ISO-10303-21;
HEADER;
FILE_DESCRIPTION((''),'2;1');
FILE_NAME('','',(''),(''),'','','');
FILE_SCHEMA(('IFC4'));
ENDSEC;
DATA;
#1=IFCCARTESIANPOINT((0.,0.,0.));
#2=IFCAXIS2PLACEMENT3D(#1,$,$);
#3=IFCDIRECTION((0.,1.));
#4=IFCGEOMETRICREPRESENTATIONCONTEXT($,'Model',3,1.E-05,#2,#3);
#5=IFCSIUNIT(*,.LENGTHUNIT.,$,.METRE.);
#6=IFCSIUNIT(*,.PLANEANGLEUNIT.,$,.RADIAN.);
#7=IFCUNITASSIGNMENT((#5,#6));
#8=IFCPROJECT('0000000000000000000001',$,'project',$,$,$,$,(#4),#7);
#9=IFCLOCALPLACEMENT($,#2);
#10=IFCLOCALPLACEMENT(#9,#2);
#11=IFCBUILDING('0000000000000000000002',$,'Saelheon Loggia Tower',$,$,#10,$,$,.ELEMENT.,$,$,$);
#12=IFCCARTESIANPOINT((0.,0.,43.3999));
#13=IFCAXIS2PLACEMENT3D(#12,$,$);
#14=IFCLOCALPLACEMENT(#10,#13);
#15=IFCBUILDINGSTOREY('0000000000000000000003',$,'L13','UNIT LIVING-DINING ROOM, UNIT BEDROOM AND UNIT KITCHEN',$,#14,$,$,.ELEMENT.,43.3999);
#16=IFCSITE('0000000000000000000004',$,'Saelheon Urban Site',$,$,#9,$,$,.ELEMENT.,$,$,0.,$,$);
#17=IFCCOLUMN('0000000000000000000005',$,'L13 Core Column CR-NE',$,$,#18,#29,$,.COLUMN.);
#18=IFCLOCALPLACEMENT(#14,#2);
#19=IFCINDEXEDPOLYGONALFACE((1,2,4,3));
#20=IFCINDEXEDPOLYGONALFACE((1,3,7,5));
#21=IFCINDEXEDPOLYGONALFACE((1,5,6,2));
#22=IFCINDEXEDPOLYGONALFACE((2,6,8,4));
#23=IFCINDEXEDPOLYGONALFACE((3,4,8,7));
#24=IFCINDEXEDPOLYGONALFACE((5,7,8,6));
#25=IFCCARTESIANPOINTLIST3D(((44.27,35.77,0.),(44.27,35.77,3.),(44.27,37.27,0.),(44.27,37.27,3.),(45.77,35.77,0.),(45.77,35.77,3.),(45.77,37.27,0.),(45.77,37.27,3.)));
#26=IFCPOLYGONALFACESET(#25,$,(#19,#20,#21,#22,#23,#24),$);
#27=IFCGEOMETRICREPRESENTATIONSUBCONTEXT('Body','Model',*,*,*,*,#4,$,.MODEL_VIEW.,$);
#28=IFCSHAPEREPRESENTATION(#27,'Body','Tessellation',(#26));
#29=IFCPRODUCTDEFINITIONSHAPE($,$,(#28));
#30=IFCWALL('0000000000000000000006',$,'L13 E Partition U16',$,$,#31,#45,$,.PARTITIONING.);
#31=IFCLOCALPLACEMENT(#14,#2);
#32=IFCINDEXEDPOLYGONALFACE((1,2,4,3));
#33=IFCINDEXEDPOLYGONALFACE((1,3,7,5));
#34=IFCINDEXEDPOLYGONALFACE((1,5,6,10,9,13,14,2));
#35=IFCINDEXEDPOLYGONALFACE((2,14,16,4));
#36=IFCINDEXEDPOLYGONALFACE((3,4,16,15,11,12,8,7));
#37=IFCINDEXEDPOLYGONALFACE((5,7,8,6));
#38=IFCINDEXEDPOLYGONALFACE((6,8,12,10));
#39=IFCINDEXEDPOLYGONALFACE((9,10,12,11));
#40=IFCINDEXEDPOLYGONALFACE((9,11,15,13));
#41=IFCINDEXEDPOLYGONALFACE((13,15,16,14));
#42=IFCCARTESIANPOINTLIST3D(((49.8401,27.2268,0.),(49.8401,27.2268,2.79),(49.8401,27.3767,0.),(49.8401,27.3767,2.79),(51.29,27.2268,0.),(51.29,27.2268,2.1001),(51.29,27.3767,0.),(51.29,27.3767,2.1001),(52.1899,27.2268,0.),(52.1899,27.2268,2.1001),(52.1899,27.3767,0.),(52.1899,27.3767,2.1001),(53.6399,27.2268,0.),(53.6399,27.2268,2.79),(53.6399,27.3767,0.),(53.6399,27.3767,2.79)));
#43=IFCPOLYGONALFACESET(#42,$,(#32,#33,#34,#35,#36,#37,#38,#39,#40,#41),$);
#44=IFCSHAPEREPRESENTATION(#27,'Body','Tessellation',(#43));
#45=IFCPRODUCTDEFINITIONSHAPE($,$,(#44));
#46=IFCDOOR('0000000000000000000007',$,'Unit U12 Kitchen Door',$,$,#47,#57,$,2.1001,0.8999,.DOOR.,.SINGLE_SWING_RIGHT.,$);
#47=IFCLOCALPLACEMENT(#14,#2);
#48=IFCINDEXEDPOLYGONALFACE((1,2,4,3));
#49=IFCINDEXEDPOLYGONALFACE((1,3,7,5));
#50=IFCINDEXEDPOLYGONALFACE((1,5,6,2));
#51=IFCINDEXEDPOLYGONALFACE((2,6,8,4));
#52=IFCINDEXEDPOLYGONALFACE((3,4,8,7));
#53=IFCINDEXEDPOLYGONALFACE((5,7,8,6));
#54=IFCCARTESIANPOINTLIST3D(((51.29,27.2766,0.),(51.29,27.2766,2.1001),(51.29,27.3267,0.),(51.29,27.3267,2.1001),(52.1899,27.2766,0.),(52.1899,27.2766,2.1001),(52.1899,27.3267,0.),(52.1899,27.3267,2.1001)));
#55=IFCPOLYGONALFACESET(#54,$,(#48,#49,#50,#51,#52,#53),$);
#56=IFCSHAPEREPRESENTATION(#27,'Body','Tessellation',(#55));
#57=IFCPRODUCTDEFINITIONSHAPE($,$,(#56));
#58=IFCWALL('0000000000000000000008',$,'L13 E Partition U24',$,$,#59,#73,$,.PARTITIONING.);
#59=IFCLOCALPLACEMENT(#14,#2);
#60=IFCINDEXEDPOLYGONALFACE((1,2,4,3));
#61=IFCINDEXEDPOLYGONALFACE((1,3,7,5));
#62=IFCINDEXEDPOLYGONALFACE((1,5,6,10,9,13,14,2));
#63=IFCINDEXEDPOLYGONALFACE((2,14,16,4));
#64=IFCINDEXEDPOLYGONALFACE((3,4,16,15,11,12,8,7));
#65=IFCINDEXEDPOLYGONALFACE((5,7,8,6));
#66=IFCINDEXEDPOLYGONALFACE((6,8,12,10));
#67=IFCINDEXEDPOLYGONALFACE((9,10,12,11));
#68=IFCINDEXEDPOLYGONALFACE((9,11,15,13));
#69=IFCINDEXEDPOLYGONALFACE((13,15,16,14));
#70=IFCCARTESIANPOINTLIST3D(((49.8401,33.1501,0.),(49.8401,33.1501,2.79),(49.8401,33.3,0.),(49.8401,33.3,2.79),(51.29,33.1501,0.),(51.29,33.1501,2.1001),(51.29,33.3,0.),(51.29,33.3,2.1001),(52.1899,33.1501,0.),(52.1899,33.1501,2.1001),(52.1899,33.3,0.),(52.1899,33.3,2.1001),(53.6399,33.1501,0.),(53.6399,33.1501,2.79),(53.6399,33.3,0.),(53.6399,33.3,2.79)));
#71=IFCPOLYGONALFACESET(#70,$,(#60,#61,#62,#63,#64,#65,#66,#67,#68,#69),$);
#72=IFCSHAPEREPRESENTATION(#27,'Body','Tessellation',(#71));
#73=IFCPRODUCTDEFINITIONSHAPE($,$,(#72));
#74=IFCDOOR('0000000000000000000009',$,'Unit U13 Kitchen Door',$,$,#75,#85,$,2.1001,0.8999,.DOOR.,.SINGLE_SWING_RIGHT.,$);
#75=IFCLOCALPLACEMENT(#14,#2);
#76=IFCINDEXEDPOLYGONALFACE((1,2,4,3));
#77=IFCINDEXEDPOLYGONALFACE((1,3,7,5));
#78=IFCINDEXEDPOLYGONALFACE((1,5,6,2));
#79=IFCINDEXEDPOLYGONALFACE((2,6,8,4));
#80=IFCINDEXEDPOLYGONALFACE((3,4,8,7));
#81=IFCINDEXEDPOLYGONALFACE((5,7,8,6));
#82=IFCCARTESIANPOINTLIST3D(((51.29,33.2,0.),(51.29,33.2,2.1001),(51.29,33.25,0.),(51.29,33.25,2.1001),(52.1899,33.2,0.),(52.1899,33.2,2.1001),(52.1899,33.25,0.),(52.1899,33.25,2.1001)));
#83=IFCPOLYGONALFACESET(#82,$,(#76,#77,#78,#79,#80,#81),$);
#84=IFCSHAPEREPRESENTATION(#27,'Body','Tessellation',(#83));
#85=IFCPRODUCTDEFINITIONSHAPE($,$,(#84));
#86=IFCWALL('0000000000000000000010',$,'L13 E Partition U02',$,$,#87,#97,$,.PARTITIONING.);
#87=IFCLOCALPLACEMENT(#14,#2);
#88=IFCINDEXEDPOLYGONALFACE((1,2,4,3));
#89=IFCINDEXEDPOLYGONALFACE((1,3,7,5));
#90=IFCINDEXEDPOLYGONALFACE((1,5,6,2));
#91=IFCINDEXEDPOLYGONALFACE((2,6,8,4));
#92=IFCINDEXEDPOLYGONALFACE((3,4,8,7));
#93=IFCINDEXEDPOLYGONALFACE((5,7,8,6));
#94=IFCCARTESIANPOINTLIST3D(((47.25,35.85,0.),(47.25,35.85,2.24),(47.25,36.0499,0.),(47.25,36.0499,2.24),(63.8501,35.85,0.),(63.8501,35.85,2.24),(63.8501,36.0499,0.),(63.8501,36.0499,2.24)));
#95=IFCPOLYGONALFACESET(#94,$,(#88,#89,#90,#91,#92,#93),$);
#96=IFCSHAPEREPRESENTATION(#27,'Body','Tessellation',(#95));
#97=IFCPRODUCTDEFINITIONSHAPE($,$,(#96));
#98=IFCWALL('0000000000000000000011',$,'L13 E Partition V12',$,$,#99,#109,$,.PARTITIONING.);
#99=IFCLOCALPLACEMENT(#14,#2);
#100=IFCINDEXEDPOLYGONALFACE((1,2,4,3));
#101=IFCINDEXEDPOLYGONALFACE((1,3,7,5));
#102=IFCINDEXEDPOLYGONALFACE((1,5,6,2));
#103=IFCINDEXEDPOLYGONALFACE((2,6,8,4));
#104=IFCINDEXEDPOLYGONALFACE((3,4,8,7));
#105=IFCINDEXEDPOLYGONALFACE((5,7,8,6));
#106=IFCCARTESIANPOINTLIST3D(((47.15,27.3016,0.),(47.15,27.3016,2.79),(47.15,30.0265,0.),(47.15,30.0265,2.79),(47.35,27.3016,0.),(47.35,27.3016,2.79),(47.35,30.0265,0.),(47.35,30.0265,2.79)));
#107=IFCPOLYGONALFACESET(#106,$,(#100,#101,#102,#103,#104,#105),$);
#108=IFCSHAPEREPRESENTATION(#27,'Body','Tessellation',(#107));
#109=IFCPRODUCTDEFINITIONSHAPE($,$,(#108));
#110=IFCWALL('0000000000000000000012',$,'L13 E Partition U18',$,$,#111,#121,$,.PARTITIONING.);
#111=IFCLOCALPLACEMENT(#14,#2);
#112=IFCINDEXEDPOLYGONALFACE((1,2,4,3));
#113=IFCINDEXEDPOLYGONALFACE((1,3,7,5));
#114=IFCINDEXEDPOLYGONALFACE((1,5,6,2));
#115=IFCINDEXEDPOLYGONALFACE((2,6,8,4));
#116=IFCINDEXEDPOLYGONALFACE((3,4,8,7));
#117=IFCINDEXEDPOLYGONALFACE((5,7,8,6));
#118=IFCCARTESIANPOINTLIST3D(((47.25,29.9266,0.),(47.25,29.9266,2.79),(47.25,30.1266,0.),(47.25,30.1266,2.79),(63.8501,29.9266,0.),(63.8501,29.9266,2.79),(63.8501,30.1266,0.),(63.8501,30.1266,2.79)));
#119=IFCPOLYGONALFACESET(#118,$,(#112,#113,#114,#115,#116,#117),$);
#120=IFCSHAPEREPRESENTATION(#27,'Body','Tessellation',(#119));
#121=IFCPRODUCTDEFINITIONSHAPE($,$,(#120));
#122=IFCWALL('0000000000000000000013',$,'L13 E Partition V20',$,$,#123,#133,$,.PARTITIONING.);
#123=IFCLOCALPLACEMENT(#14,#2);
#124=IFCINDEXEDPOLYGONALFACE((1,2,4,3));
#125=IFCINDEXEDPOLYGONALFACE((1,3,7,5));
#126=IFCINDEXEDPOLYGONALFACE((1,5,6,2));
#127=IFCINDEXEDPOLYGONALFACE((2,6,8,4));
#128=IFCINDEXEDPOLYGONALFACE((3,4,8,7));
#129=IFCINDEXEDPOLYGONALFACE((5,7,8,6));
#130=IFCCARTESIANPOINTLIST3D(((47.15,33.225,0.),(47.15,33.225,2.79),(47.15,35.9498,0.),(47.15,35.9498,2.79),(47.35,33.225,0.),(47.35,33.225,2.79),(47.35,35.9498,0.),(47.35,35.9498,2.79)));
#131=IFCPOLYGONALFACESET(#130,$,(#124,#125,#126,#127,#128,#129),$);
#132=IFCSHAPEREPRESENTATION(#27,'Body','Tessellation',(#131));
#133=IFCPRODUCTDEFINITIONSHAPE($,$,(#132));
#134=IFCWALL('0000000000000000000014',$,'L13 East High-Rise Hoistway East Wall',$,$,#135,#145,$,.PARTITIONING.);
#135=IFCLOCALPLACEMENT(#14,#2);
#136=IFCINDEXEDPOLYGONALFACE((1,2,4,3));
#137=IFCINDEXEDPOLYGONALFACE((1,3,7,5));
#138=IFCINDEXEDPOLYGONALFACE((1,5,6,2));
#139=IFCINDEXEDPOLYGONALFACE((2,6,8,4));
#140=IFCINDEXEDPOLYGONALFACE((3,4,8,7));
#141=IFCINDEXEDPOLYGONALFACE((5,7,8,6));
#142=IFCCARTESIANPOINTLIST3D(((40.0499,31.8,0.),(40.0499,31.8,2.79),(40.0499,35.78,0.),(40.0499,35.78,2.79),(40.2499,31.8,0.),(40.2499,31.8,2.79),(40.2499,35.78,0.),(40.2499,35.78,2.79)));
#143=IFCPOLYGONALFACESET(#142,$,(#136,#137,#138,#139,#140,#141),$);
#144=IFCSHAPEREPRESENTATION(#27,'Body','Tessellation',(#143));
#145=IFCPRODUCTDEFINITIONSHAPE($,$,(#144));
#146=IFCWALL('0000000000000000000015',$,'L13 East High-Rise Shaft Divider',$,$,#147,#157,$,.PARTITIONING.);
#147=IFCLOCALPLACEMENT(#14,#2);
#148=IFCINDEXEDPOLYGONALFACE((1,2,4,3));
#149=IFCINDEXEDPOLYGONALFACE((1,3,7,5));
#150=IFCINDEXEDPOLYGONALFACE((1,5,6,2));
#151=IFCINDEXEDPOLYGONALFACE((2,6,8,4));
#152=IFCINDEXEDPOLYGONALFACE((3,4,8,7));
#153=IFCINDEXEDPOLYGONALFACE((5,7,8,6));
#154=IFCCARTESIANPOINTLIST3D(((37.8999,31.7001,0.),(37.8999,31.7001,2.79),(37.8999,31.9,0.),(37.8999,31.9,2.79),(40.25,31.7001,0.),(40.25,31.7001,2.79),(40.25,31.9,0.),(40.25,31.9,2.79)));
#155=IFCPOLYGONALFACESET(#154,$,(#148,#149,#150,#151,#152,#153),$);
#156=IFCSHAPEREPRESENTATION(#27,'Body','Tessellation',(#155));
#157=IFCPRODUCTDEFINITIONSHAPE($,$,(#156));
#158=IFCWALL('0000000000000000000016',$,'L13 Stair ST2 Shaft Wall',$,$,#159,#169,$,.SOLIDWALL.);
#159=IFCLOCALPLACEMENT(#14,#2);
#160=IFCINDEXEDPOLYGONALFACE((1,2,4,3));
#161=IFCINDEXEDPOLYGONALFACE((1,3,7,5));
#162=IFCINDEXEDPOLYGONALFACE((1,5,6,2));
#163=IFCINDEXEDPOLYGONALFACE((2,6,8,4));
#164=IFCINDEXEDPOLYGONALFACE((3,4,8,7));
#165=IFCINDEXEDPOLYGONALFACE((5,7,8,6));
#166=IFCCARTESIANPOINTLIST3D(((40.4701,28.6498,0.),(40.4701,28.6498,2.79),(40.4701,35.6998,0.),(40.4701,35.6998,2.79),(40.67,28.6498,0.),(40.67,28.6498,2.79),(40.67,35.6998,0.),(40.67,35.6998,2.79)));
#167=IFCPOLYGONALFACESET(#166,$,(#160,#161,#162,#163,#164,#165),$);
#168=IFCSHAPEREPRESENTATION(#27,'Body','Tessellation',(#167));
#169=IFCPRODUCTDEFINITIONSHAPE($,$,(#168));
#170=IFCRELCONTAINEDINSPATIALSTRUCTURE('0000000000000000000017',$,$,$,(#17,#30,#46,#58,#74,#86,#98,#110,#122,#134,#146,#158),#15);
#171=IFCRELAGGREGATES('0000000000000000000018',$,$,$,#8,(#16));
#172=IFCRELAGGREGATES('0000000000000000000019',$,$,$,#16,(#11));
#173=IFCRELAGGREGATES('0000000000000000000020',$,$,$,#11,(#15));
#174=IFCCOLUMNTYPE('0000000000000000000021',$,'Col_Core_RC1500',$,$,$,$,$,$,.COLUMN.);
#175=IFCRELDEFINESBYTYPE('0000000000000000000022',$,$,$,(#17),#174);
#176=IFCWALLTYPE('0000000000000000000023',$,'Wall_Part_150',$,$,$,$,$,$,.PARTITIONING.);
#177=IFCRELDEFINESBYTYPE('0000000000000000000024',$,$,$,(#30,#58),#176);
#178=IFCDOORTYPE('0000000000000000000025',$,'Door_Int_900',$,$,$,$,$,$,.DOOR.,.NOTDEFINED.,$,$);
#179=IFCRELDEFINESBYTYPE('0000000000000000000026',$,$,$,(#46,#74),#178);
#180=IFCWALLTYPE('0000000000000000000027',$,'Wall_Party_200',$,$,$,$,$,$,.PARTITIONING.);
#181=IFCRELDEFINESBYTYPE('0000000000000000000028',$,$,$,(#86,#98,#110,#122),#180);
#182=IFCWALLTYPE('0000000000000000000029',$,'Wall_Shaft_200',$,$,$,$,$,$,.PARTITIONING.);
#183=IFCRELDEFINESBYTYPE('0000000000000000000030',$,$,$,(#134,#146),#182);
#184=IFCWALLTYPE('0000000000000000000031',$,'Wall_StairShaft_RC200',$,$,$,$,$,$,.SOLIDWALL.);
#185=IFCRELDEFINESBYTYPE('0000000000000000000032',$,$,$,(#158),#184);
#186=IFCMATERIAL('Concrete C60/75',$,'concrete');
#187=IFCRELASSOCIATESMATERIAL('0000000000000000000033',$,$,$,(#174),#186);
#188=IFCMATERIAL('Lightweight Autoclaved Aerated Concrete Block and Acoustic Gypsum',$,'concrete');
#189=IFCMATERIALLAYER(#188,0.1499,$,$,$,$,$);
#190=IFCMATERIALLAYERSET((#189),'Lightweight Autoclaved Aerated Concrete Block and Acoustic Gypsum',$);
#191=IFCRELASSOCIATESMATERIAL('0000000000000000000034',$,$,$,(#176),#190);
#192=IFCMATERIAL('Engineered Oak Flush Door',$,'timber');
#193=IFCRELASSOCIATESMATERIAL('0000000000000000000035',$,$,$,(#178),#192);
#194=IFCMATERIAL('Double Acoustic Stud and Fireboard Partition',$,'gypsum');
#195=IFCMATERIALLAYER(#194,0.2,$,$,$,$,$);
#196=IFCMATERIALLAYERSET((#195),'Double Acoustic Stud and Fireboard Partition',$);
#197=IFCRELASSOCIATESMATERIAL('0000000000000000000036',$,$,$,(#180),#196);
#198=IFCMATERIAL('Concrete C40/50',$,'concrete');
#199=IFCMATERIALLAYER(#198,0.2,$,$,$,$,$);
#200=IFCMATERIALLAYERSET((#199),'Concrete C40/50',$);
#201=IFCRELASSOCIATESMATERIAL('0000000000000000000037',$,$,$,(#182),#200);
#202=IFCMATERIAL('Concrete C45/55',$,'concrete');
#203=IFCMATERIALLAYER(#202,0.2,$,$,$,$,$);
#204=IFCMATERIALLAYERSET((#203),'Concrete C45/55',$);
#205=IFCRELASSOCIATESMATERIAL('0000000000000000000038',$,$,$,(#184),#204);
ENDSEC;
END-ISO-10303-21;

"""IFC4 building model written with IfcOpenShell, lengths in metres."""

from ifc_helpers import new_model, si_unit, direction, frame, frame_2d, origin, origin_2d, place, context, subcontext, project, spatial, rectangle, extrude, source, transform, mapped, material, layer, layer_set, material_profile, profile_set, type_object, element, fill, save


model = new_model("IFC4")

# Units and contexts
model_context = context("Model", 3, precision=1e-05, world=origin(), true_north=direction((0.0, 1.0)))
body_context = subcontext(model_context, "Body", "Model", "MODEL_VIEW")
ifc_project = project(units=[si_unit("LENGTHUNIT", "METRE"), si_unit("PLANEANGLEUNIT", "RADIAN")], contexts=[model_context])

# Site, building, storey
site_placement = place(None, origin())
site = spatial("IfcSite", under=ifc_project, at=site_placement, Name="Saelheon Urban Site", CompositionType="ELEMENT", RefElevation=0.0)
building_placement = place(site_placement, origin())
building = spatial("IfcBuilding", under=site, at=building_placement, Name="Saelheon Loggia Tower", CompositionType="ELEMENT")
storey_placement = place(building_placement, frame((0.0, 0.0, 43.3999)))
storey = spatial("IfcBuildingStorey", under=building, at=storey_placement, Name="L13", Description="UNIT LIVING-DINING ROOM, UNIT BEDROOM AND UNIT KITCHEN", CompositionType="ELEMENT", Elevation=43.3999)

# Column
ifc_material_1 = material(Name="Concrete C60/75", Category="concrete")
ifc_material_profile = material_profile(ifc_material_1, rectangle(XDim=1.5, YDim=1.5, at=origin_2d()), Name="RC-1500x1500")
ifc_profile_set = profile_set([ifc_material_profile], Name="Concrete C60/75")
column_type = type_object("IfcColumnType", Name="Col_Core_RC1500", PredefinedType="COLUMN", material=ifc_profile_set)
shared_shape_1 = source(origin(), body_context, "Body", "SweptSolid", [
    extrude(rectangle(XDim=1.5, YDim=1.5, at=origin_2d()), origin(), (0.0, 0.0, 1.0), 3.0),
])
column_placement = place(storey_placement, frame((45.02, 36.52, 0.0), z_axis=(0.0, 0.0, 1.0), x_axis=(1.0, 0.0, 0.0)))
element("IfcColumn", 1, at=column_placement, inside=storey, type_object=column_type, Name="L13 Core Column CR-NE", PredefinedType="COLUMN", context=body_context, shape_type="MappedRepresentation", body=[
    mapped(shared_shape_1, transform((0.0, 0.0, 0.0), scale=1.0)),
])

# Walls, openings, doors
ifc_material_2 = material(Name="Lightweight Autoclaved Aerated Concrete Block and Acoustic Gypsum", Category="concrete")
ifc_layer_1 = layer(ifc_material_2, 0.1499)
ifc_layer_set_1 = layer_set([ifc_layer_1], Name="Lightweight Autoclaved Aerated Concrete Block and Acoustic Gypsum")
wall_type_1 = type_object("IfcWallType", Name="Wall_Part_150", PredefinedType="PARTITIONING", material=ifc_layer_set_1)
wall_1_placement = place(storey_placement, frame((49.8401, 27.3018, 0.0), z_axis=(0.0, 0.0, 1.0), x_axis=(1.0, 0.0, 0.0)))
wall_1 = element("IfcWall", 2, at=wall_1_placement, inside=storey, type_object=wall_type_1, Name="L13 E Partition U16", PredefinedType="PARTITIONING", context=body_context, shape_type="SweptSolid", body=[
    extrude(rectangle(XDim=3.7998, YDim=0.1499, at=frame_2d((1.8999, 0.0))), origin(), (0.0, 0.0, 1.0), 2.79),
])
opening_1_placement = place(wall_1_placement, frame((1.45, 0.0, 0.0)))
opening_1 = element("IfcOpeningElement", 3, at=opening_1_placement, cuts=wall_1, PredefinedType="OPENING", context=body_context, shape_type="SweptSolid", body=[
    extrude(rectangle(XDim=0.8999, YDim=2.1001, at=frame_2d((0.45, 1.05))), frame((0.0, 0.0869, 0.0), z_axis=(0.0, -1.0, 0.0), x_axis=(1.0, 0.0, 0.0)), (0.0, 0.0, 1.0), 0.1738),
])
ifc_material_3 = material(Name="Engineered Oak Flush Door", Category="timber")
door_type_1 = type_object("IfcDoorType", Name="Door_Int_900", OperationType="NOTDEFINED", PredefinedType="DOOR", material=ifc_material_3)
shared_shape_2 = source(origin(), body_context, "Body", "SweptSolid", [
    extrude(rectangle(XDim=0.8999, YDim=2.1001, at=frame_2d((0.45, 1.05))), frame((0.0, 0.0249, 0.0), z_axis=(0.0, -1.0, 0.0), x_axis=(1.0, 0.0, 0.0)), (0.0, 0.0, 1.0), 0.05),
])
door_1_placement = place(opening_1_placement, origin())
door_1 = element("IfcDoor", 4, at=door_1_placement, inside=storey, type_object=door_type_1, Name="Unit U12 Kitchen Door", OperationType="SINGLE_SWING_RIGHT", OverallHeight=2.1001, OverallWidth=0.8999, PredefinedType="DOOR", context=body_context, shape_type="MappedRepresentation", body=[
    mapped(shared_shape_2, transform((0.0, 0.0, 0.0), scale=1.0)),
])
fill(opening_1, door_1)
wall_2_placement = place(storey_placement, frame((49.8401, 33.2251, 0.0), z_axis=(0.0, 0.0, 1.0), x_axis=(1.0, 0.0, 0.0)))
wall_2 = element("IfcWall", 5, at=wall_2_placement, inside=storey, type_object=wall_type_1, Name="L13 E Partition U24", PredefinedType="PARTITIONING", context=body_context, shape_type="SweptSolid", body=[
    extrude(rectangle(XDim=3.7998, YDim=0.1499, at=frame_2d((1.8999, 0.0))), origin(), (0.0, 0.0, 1.0), 2.79),
])
opening_2_placement = place(wall_2_placement, frame((1.45, 0.0, 0.0)))
opening_2 = element("IfcOpeningElement", 6, at=opening_2_placement, cuts=wall_2, PredefinedType="OPENING", context=body_context, shape_type="SweptSolid", body=[
    extrude(rectangle(XDim=0.8999, YDim=2.1001, at=frame_2d((0.45, 1.05))), frame((0.0, 0.0869, 0.0), z_axis=(0.0, -1.0, 0.0), x_axis=(1.0, 0.0, 0.0)), (0.0, 0.0, 1.0), 0.1738),
])
door_2_placement = place(opening_2_placement, origin())
door_2 = element("IfcDoor", 7, at=door_2_placement, inside=storey, type_object=door_type_1, Name="Unit U13 Kitchen Door", OperationType="SINGLE_SWING_RIGHT", OverallHeight=2.1001, OverallWidth=0.8999, PredefinedType="DOOR", context=body_context, shape_type="MappedRepresentation", body=[
    mapped(shared_shape_2, transform((0.0, 0.0, 0.0), scale=1.0)),
])
fill(opening_2, door_2)

# Walls
ifc_material_4 = material(Name="Double Acoustic Stud and Fireboard Partition", Category="gypsum")
ifc_layer_2 = layer(ifc_material_4, 0.2)
ifc_layer_set_2 = layer_set([ifc_layer_2], Name="Double Acoustic Stud and Fireboard Partition")
wall_type_2 = type_object("IfcWallType", Name="Wall_Party_200", PredefinedType="PARTITIONING", material=ifc_layer_set_2)
wall_3_placement = place(storey_placement, frame((47.25, 35.95, 0.0), z_axis=(0.0, 0.0, 1.0), x_axis=(1.0, 0.0, 0.0)))
element("IfcWall", 8, at=wall_3_placement, inside=storey, type_object=wall_type_2, Name="L13 E Partition U02", PredefinedType="PARTITIONING", context=body_context, shape_type="SweptSolid", body=[
    extrude(rectangle(XDim=16.6001, YDim=0.2, at=frame_2d((8.3, 0.0))), origin(), (0.0, 0.0, 1.0), 2.24),
])
wall_4_placement = place(storey_placement, frame((47.25, 27.3018, 0.0), z_axis=(0.0, 0.0, 1.0), x_axis=(0.0, 1.0, 0.0)))
element("IfcWall", 9, at=wall_4_placement, inside=storey, type_object=wall_type_2, Name="L13 E Partition V12", PredefinedType="PARTITIONING", context=body_context, shape_type="SweptSolid", body=[
    extrude(rectangle(XDim=2.7249, YDim=0.2, at=frame_2d((1.3623, 0.0))), origin(), (0.0, 0.0, 1.0), 2.79),
])
wall_5_placement = place(storey_placement, frame((47.25, 30.0266, 0.0), z_axis=(0.0, 0.0, 1.0), x_axis=(1.0, 0.0, 0.0)))
element("IfcWall", 10, at=wall_5_placement, inside=storey, type_object=wall_type_2, Name="L13 E Partition U18", PredefinedType="PARTITIONING", context=body_context, shape_type="SweptSolid", body=[
    extrude(rectangle(XDim=16.6001, YDim=0.2, at=frame_2d((8.3, 0.0))), origin(), (0.0, 0.0, 1.0), 2.79),
])

# Walls
wall_6_placement = place(storey_placement, frame((47.25, 33.2251, 0.0), z_axis=(0.0, 0.0, 1.0), x_axis=(0.0, 1.0, 0.0)))
element("IfcWall", 11, at=wall_6_placement, inside=storey, type_object=wall_type_2, Name="L13 E Partition V20", PredefinedType="PARTITIONING", context=body_context, shape_type="SweptSolid", body=[
    extrude(rectangle(XDim=2.7249, YDim=0.2, at=frame_2d((1.3623, 0.0))), origin(), (0.0, 0.0, 1.0), 2.79),
])
ifc_material_5 = material(Name="Concrete C40/50", Category="concrete")
ifc_layer_3 = layer(ifc_material_5, 0.2)
ifc_layer_set_3 = layer_set([ifc_layer_3], Name="Concrete C40/50")
wall_type_3 = type_object("IfcWallType", Name="Wall_Shaft_200", PredefinedType="PARTITIONING", material=ifc_layer_set_3)
wall_7_placement = place(storey_placement, frame((40.1499, 31.8, 0.0), z_axis=(0.0, 0.0, 1.0), x_axis=(0.0, 1.0, 0.0)))
element("IfcWall", 12, at=wall_7_placement, inside=storey, type_object=wall_type_3, Name="L13 East High-Rise Hoistway East Wall", PredefinedType="PARTITIONING", context=body_context, shape_type="SweptSolid", body=[
    extrude(rectangle(XDim=3.98, YDim=0.2, at=frame_2d((1.99, 0.0))), origin(), (0.0, 0.0, 1.0), 2.79),
])
wall_8_placement = place(storey_placement, frame((37.8999, 31.8, 0.0), z_axis=(0.0, 0.0, 1.0), x_axis=(1.0, 0.0, 0.0)))
element("IfcWall", 13, at=wall_8_placement, inside=storey, type_object=wall_type_3, Name="L13 East High-Rise Shaft Divider", PredefinedType="PARTITIONING", context=body_context, shape_type="SweptSolid", body=[
    extrude(rectangle(XDim=2.3501, YDim=0.2, at=frame_2d((1.175, 0.0))), origin(), (0.0, 0.0, 1.0), 2.79),
])
ifc_material_6 = material(Name="Concrete C45/55", Category="concrete")
ifc_layer_4 = layer(ifc_material_6, 0.2)
ifc_layer_set_4 = layer_set([ifc_layer_4], Name="Concrete C45/55")
wall_type_4 = type_object("IfcWallType", Name="Wall_StairShaft_RC200", PredefinedType="SOLIDWALL", material=ifc_layer_set_4)
wall_9_placement = place(storey_placement, frame((40.5701, 28.6499, 0.0), z_axis=(0.0, 0.0, 1.0), x_axis=(0.0, 1.0, 0.0)))
element("IfcWall", 14, at=wall_9_placement, inside=storey, type_object=wall_type_4, Name="L13 Stair ST2 Shaft Wall", PredefinedType="SOLIDWALL", context=body_context, shape_type="SweptSolid", body=[
    extrude(rectangle(XDim=7.05, YDim=0.2, at=frame_2d((3.5249, 0.0))), origin(), (0.0, 0.0, 1.0), 2.79),
])

save(model, "model.ifc")
